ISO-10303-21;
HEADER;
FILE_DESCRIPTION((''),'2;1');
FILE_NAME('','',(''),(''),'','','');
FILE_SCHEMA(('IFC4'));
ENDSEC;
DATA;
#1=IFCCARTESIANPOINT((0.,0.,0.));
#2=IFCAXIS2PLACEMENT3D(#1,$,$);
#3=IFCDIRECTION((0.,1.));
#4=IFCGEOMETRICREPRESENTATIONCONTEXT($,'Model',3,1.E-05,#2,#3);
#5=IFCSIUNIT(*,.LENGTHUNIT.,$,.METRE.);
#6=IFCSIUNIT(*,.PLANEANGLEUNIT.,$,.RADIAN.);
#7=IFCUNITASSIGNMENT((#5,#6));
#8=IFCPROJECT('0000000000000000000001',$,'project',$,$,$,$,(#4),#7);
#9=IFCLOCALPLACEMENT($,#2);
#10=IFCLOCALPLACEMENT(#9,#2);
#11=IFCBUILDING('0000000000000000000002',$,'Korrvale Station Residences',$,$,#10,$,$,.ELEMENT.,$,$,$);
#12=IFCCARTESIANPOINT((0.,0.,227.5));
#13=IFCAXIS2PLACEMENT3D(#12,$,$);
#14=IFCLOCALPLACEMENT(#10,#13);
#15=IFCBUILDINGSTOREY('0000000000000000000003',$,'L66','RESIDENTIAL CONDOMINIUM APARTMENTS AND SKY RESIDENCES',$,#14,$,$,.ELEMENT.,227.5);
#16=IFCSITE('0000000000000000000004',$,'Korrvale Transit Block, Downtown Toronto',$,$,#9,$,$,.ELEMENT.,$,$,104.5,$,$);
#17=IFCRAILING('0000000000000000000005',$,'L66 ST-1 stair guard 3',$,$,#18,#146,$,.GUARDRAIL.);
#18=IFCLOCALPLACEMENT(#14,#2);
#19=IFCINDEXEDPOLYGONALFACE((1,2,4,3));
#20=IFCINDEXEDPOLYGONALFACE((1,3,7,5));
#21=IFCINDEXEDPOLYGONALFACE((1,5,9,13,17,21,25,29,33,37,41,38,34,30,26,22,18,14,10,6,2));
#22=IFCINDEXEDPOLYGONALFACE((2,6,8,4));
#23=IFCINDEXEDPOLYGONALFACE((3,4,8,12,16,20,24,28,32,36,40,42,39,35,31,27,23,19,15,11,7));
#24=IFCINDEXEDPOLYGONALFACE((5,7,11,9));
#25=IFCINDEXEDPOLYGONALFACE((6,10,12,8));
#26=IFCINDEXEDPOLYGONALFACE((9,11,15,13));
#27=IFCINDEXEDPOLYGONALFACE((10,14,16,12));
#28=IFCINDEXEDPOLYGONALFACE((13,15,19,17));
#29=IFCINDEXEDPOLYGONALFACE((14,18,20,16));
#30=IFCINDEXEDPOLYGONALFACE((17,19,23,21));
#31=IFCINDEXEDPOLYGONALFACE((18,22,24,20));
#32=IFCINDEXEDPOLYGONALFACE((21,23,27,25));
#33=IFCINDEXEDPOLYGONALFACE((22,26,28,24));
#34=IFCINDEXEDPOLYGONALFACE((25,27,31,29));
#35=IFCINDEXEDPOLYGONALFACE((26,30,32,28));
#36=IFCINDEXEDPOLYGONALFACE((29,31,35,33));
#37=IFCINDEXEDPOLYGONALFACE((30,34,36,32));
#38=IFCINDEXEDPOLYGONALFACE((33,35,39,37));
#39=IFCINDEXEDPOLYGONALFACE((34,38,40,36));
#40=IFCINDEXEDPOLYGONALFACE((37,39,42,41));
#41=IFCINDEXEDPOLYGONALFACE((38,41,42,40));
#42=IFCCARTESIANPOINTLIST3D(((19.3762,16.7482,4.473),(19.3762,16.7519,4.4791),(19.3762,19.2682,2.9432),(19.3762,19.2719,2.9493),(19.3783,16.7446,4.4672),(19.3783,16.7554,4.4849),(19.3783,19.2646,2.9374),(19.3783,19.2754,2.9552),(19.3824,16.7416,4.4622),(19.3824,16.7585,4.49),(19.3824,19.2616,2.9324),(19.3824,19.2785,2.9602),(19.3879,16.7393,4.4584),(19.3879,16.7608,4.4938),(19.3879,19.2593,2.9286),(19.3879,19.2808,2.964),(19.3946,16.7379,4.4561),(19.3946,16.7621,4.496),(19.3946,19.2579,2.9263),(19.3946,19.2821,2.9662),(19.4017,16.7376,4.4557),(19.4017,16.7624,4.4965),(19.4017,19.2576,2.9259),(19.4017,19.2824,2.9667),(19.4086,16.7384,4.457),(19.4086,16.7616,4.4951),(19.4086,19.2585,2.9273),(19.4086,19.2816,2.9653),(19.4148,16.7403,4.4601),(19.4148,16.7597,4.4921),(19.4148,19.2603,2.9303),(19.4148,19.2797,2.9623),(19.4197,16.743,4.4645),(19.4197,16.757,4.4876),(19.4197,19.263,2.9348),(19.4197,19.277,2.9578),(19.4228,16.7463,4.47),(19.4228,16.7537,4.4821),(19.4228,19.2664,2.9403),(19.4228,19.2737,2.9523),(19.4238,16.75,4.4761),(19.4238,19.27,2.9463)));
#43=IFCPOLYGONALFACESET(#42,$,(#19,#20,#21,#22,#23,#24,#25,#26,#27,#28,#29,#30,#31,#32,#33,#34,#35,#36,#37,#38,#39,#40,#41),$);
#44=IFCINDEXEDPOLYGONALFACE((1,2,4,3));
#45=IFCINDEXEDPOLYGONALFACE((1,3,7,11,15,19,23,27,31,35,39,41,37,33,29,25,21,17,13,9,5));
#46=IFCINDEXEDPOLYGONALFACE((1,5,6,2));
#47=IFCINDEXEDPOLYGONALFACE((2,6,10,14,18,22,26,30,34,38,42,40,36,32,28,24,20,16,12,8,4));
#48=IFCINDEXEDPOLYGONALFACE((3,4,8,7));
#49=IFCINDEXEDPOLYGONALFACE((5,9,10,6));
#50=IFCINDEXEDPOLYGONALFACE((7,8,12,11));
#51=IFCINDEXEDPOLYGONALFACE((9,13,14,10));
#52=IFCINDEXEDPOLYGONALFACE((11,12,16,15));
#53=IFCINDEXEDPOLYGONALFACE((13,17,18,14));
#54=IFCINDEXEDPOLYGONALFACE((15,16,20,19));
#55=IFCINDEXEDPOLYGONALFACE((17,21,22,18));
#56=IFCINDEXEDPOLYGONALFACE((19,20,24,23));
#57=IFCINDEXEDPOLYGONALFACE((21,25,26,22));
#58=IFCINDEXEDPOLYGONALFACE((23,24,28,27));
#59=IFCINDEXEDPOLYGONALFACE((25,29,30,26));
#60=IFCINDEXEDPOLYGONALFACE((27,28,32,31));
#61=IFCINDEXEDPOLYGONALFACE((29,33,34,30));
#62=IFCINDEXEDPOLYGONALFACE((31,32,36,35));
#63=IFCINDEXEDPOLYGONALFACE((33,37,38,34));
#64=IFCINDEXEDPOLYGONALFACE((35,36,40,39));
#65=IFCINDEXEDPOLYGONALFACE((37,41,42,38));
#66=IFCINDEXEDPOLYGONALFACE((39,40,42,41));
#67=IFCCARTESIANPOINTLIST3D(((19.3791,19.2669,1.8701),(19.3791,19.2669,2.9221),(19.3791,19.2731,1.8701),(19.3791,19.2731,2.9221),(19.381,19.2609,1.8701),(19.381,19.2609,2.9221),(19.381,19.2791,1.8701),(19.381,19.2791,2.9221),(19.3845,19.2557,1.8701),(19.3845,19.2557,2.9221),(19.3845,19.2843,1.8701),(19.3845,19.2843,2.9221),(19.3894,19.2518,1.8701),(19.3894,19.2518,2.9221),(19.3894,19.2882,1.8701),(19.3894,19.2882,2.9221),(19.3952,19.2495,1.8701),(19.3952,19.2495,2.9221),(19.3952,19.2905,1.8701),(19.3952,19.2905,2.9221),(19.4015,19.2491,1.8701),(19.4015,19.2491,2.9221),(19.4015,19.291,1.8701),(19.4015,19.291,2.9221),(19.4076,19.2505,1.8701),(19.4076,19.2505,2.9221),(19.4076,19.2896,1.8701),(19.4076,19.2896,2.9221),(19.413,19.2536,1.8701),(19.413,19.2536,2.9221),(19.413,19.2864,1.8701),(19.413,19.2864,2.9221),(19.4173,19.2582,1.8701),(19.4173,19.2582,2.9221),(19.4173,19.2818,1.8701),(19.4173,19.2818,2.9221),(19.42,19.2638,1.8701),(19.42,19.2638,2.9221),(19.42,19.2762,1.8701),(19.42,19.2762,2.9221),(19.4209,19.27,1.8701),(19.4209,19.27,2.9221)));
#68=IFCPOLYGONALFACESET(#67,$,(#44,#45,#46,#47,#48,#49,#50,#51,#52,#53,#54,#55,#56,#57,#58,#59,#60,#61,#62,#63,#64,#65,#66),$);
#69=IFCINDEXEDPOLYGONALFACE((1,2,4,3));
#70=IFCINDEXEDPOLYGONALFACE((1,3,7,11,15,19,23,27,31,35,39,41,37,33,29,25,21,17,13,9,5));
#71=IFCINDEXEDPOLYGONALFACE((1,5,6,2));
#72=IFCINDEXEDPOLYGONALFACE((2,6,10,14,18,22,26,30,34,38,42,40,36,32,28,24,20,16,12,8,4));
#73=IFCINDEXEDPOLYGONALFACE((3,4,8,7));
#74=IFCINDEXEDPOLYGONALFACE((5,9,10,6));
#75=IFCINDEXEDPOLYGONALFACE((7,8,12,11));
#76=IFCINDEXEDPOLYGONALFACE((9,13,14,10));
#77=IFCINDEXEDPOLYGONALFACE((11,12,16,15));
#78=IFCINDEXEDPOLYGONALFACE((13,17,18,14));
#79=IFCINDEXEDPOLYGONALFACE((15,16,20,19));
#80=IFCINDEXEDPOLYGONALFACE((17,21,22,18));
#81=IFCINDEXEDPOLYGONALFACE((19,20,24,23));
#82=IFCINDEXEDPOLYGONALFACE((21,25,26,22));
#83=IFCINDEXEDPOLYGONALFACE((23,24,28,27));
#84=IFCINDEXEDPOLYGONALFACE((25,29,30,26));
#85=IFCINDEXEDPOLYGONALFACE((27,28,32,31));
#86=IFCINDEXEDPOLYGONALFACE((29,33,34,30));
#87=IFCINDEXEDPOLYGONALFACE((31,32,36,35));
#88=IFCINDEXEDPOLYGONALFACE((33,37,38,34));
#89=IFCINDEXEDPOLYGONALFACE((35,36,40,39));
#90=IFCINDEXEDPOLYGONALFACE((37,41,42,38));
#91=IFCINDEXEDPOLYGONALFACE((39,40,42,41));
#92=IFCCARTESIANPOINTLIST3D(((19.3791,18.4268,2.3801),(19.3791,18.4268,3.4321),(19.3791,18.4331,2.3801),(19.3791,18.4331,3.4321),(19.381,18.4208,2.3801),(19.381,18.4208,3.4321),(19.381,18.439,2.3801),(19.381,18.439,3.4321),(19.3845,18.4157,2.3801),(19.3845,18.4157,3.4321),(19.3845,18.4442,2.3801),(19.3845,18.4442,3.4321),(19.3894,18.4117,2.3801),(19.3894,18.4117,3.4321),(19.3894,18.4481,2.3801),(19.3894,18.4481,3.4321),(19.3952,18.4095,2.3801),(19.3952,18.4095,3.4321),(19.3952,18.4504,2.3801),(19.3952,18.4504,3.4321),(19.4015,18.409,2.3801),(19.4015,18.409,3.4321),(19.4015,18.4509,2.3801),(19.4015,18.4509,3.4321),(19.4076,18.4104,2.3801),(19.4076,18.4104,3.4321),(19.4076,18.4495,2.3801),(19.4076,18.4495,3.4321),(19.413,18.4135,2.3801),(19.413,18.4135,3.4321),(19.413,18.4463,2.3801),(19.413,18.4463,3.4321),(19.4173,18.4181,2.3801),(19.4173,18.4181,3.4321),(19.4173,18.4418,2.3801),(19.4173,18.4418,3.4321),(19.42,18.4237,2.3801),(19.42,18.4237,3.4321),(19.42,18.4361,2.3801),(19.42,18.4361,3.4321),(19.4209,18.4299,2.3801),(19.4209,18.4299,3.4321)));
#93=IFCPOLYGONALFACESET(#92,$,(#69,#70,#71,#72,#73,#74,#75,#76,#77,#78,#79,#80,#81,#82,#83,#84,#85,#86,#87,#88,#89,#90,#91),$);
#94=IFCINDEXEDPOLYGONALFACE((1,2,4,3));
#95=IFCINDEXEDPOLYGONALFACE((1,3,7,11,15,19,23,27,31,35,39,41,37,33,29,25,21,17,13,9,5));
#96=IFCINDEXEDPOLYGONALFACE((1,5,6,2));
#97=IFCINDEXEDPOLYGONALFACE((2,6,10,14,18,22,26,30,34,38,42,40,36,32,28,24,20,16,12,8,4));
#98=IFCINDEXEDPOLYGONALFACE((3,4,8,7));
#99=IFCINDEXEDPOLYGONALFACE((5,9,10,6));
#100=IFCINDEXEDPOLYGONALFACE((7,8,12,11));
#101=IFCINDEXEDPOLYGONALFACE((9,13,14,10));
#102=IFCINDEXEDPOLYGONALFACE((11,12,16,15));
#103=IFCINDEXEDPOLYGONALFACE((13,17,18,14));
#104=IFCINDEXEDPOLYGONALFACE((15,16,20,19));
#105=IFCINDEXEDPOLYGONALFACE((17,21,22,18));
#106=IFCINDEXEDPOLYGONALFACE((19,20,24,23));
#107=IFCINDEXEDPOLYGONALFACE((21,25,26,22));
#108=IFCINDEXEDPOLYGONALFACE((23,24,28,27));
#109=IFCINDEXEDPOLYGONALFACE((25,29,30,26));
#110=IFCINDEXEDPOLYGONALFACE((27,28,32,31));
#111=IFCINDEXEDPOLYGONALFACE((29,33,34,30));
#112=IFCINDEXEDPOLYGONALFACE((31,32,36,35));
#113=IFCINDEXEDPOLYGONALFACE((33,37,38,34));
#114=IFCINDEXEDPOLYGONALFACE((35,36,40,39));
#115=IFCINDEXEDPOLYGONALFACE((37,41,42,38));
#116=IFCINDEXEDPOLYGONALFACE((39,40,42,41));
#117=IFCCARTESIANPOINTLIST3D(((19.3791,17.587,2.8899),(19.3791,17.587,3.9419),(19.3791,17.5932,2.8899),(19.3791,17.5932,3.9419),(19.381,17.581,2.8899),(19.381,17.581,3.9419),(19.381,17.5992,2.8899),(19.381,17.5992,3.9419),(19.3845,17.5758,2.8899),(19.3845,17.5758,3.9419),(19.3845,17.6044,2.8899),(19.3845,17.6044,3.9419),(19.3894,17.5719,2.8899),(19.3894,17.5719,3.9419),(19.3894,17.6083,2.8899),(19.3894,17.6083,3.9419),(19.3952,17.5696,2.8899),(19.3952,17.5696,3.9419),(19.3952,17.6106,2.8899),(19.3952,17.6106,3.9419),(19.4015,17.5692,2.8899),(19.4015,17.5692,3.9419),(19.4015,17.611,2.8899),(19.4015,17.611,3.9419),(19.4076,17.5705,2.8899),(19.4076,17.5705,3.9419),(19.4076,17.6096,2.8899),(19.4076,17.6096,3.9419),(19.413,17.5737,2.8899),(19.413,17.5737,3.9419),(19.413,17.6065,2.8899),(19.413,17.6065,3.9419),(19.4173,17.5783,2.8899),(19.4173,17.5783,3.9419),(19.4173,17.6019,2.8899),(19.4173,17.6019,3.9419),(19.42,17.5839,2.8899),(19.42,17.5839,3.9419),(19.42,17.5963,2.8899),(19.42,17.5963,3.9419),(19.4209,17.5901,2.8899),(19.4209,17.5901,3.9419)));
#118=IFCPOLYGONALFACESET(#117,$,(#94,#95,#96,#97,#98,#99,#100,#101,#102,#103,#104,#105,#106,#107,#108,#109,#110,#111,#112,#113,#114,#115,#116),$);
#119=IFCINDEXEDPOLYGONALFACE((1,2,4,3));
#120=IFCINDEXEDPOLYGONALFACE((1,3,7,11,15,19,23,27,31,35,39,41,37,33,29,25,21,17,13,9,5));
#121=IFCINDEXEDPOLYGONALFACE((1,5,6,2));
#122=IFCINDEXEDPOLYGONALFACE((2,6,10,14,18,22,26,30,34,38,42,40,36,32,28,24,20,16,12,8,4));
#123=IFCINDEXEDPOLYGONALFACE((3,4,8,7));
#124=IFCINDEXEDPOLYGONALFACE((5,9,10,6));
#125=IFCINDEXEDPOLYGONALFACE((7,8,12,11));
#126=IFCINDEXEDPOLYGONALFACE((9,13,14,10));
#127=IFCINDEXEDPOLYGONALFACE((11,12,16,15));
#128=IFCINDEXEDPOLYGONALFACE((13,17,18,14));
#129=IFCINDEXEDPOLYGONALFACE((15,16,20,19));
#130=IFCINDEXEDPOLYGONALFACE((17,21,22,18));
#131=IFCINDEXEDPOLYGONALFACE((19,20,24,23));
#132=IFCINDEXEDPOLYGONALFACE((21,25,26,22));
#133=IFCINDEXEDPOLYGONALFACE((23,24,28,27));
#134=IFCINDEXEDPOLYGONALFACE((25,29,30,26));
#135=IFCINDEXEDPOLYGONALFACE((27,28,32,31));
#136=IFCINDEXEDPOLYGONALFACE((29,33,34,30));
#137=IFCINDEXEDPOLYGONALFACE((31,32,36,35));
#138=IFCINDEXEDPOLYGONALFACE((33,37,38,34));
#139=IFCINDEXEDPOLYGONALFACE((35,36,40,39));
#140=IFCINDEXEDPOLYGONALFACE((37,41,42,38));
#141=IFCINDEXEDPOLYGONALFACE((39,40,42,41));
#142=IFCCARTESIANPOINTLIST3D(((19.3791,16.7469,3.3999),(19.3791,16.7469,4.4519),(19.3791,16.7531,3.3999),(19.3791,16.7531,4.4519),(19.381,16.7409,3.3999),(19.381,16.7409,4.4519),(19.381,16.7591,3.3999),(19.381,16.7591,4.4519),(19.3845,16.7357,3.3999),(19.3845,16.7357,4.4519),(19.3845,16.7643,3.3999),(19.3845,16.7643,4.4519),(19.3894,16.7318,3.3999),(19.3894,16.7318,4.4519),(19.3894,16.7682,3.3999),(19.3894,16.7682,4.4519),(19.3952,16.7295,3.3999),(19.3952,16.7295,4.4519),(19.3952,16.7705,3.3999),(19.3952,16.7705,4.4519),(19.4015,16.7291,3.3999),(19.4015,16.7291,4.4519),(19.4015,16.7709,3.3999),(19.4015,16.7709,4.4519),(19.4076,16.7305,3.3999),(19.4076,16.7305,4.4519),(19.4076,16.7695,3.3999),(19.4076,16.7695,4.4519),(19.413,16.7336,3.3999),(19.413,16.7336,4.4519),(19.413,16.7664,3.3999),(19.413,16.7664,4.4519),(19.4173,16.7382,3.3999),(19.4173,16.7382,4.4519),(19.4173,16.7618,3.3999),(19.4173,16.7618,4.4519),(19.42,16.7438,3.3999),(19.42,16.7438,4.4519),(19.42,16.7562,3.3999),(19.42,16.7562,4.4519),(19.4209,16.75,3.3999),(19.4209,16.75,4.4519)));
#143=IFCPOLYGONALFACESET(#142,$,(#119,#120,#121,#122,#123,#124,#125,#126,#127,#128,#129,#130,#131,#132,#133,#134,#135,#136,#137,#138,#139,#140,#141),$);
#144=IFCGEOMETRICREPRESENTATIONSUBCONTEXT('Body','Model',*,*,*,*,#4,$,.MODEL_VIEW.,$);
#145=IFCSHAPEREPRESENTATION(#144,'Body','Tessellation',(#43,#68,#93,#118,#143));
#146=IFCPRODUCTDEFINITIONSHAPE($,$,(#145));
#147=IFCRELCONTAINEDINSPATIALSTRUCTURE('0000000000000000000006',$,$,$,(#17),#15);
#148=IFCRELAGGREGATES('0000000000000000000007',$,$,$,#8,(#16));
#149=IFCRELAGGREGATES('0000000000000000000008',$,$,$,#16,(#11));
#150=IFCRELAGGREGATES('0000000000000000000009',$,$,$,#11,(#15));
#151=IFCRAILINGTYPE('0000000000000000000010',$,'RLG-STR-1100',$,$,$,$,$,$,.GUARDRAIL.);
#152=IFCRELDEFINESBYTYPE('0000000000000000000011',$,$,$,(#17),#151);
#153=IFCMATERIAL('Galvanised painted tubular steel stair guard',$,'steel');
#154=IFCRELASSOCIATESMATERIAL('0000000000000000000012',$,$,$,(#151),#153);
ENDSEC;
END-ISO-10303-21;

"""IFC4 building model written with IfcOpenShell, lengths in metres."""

from ifc_helpers import new_model, si_unit, direction, frame, origin, origin_2d, place, context, subcontext, project, spatial, circle, extrude, material, type_object, element, save


model = new_model("IFC4")

# Units and contexts
model_context = context("Model", 3, precision=1e-05, world=origin(), true_north=direction((0.0, 1.0)))
body_context = subcontext(model_context, "Body", "Model", "MODEL_VIEW")
ifc_project = project(units=[si_unit("LENGTHUNIT", "METRE"), si_unit("PLANEANGLEUNIT", "RADIAN")], contexts=[model_context])

# Site, building, storey
site_placement = place(None, origin())
site = spatial("IfcSite", under=ifc_project, at=site_placement, Name="Korrvale Transit Block, Downtown Toronto", CompositionType="ELEMENT", RefElevation=104.5)
building_placement = place(site_placement, origin())
building = spatial("IfcBuilding", under=site, at=building_placement, Name="Korrvale Station Residences", CompositionType="ELEMENT")
storey_placement = place(building_placement, frame((0.0, 0.0, 227.5)))
storey = spatial("IfcBuildingStorey", under=building, at=storey_placement, Name="L66", Description="RESIDENTIAL CONDOMINIUM APARTMENTS AND SKY RESIDENCES", CompositionType="ELEMENT", Elevation=227.5)

# Railing
ifc_material_1 = material(Name="Galvanised painted tubular steel stair guard", Category="steel")
railing_type_1 = type_object("IfcRailingType", Name="RLG-STR-1100", PredefinedType="GUARDRAIL", material=ifc_material_1)
railing_1_placement = place(storey_placement, frame((19.3999, 19.27, 1.8701)))
element("IfcRailing", 1, at=railing_1_placement, inside=storey, type_object=railing_type_1, Name="L66 ST-1 stair guard 3", PredefinedType="GUARDRAIL", context=body_context, shape_type="SweptSolid", body=[
    extrude(circle(Radius=0.0239, at=origin_2d()), frame((0.0, 0.0, 1.0762), z_axis=(0.0, -0.854822, 0.518922), x_axis=(1.0, 0.0, 0.0)), (0.0, 0.0, 1.0), 2.948),
    extrude(circle(Radius=0.021, at=origin_2d()), origin(), (0.0, 0.0, 1.0), 1.052),
    extrude(circle(Radius=0.021, at=origin_2d()), frame((0.0, -0.8401, 0.51)), (0.0, 0.0, 1.0), 1.052),
    extrude(circle(Radius=0.021, at=origin_2d()), frame((0.0, -1.6799, 1.0198)), (0.0, 0.0, 1.0), 1.052),
    extrude(circle(Radius=0.021, at=origin_2d()), frame((0.0, -2.52, 1.5298)), (0.0, 0.0, 1.0), 1.052),
])

save(model, "model.ifc")
